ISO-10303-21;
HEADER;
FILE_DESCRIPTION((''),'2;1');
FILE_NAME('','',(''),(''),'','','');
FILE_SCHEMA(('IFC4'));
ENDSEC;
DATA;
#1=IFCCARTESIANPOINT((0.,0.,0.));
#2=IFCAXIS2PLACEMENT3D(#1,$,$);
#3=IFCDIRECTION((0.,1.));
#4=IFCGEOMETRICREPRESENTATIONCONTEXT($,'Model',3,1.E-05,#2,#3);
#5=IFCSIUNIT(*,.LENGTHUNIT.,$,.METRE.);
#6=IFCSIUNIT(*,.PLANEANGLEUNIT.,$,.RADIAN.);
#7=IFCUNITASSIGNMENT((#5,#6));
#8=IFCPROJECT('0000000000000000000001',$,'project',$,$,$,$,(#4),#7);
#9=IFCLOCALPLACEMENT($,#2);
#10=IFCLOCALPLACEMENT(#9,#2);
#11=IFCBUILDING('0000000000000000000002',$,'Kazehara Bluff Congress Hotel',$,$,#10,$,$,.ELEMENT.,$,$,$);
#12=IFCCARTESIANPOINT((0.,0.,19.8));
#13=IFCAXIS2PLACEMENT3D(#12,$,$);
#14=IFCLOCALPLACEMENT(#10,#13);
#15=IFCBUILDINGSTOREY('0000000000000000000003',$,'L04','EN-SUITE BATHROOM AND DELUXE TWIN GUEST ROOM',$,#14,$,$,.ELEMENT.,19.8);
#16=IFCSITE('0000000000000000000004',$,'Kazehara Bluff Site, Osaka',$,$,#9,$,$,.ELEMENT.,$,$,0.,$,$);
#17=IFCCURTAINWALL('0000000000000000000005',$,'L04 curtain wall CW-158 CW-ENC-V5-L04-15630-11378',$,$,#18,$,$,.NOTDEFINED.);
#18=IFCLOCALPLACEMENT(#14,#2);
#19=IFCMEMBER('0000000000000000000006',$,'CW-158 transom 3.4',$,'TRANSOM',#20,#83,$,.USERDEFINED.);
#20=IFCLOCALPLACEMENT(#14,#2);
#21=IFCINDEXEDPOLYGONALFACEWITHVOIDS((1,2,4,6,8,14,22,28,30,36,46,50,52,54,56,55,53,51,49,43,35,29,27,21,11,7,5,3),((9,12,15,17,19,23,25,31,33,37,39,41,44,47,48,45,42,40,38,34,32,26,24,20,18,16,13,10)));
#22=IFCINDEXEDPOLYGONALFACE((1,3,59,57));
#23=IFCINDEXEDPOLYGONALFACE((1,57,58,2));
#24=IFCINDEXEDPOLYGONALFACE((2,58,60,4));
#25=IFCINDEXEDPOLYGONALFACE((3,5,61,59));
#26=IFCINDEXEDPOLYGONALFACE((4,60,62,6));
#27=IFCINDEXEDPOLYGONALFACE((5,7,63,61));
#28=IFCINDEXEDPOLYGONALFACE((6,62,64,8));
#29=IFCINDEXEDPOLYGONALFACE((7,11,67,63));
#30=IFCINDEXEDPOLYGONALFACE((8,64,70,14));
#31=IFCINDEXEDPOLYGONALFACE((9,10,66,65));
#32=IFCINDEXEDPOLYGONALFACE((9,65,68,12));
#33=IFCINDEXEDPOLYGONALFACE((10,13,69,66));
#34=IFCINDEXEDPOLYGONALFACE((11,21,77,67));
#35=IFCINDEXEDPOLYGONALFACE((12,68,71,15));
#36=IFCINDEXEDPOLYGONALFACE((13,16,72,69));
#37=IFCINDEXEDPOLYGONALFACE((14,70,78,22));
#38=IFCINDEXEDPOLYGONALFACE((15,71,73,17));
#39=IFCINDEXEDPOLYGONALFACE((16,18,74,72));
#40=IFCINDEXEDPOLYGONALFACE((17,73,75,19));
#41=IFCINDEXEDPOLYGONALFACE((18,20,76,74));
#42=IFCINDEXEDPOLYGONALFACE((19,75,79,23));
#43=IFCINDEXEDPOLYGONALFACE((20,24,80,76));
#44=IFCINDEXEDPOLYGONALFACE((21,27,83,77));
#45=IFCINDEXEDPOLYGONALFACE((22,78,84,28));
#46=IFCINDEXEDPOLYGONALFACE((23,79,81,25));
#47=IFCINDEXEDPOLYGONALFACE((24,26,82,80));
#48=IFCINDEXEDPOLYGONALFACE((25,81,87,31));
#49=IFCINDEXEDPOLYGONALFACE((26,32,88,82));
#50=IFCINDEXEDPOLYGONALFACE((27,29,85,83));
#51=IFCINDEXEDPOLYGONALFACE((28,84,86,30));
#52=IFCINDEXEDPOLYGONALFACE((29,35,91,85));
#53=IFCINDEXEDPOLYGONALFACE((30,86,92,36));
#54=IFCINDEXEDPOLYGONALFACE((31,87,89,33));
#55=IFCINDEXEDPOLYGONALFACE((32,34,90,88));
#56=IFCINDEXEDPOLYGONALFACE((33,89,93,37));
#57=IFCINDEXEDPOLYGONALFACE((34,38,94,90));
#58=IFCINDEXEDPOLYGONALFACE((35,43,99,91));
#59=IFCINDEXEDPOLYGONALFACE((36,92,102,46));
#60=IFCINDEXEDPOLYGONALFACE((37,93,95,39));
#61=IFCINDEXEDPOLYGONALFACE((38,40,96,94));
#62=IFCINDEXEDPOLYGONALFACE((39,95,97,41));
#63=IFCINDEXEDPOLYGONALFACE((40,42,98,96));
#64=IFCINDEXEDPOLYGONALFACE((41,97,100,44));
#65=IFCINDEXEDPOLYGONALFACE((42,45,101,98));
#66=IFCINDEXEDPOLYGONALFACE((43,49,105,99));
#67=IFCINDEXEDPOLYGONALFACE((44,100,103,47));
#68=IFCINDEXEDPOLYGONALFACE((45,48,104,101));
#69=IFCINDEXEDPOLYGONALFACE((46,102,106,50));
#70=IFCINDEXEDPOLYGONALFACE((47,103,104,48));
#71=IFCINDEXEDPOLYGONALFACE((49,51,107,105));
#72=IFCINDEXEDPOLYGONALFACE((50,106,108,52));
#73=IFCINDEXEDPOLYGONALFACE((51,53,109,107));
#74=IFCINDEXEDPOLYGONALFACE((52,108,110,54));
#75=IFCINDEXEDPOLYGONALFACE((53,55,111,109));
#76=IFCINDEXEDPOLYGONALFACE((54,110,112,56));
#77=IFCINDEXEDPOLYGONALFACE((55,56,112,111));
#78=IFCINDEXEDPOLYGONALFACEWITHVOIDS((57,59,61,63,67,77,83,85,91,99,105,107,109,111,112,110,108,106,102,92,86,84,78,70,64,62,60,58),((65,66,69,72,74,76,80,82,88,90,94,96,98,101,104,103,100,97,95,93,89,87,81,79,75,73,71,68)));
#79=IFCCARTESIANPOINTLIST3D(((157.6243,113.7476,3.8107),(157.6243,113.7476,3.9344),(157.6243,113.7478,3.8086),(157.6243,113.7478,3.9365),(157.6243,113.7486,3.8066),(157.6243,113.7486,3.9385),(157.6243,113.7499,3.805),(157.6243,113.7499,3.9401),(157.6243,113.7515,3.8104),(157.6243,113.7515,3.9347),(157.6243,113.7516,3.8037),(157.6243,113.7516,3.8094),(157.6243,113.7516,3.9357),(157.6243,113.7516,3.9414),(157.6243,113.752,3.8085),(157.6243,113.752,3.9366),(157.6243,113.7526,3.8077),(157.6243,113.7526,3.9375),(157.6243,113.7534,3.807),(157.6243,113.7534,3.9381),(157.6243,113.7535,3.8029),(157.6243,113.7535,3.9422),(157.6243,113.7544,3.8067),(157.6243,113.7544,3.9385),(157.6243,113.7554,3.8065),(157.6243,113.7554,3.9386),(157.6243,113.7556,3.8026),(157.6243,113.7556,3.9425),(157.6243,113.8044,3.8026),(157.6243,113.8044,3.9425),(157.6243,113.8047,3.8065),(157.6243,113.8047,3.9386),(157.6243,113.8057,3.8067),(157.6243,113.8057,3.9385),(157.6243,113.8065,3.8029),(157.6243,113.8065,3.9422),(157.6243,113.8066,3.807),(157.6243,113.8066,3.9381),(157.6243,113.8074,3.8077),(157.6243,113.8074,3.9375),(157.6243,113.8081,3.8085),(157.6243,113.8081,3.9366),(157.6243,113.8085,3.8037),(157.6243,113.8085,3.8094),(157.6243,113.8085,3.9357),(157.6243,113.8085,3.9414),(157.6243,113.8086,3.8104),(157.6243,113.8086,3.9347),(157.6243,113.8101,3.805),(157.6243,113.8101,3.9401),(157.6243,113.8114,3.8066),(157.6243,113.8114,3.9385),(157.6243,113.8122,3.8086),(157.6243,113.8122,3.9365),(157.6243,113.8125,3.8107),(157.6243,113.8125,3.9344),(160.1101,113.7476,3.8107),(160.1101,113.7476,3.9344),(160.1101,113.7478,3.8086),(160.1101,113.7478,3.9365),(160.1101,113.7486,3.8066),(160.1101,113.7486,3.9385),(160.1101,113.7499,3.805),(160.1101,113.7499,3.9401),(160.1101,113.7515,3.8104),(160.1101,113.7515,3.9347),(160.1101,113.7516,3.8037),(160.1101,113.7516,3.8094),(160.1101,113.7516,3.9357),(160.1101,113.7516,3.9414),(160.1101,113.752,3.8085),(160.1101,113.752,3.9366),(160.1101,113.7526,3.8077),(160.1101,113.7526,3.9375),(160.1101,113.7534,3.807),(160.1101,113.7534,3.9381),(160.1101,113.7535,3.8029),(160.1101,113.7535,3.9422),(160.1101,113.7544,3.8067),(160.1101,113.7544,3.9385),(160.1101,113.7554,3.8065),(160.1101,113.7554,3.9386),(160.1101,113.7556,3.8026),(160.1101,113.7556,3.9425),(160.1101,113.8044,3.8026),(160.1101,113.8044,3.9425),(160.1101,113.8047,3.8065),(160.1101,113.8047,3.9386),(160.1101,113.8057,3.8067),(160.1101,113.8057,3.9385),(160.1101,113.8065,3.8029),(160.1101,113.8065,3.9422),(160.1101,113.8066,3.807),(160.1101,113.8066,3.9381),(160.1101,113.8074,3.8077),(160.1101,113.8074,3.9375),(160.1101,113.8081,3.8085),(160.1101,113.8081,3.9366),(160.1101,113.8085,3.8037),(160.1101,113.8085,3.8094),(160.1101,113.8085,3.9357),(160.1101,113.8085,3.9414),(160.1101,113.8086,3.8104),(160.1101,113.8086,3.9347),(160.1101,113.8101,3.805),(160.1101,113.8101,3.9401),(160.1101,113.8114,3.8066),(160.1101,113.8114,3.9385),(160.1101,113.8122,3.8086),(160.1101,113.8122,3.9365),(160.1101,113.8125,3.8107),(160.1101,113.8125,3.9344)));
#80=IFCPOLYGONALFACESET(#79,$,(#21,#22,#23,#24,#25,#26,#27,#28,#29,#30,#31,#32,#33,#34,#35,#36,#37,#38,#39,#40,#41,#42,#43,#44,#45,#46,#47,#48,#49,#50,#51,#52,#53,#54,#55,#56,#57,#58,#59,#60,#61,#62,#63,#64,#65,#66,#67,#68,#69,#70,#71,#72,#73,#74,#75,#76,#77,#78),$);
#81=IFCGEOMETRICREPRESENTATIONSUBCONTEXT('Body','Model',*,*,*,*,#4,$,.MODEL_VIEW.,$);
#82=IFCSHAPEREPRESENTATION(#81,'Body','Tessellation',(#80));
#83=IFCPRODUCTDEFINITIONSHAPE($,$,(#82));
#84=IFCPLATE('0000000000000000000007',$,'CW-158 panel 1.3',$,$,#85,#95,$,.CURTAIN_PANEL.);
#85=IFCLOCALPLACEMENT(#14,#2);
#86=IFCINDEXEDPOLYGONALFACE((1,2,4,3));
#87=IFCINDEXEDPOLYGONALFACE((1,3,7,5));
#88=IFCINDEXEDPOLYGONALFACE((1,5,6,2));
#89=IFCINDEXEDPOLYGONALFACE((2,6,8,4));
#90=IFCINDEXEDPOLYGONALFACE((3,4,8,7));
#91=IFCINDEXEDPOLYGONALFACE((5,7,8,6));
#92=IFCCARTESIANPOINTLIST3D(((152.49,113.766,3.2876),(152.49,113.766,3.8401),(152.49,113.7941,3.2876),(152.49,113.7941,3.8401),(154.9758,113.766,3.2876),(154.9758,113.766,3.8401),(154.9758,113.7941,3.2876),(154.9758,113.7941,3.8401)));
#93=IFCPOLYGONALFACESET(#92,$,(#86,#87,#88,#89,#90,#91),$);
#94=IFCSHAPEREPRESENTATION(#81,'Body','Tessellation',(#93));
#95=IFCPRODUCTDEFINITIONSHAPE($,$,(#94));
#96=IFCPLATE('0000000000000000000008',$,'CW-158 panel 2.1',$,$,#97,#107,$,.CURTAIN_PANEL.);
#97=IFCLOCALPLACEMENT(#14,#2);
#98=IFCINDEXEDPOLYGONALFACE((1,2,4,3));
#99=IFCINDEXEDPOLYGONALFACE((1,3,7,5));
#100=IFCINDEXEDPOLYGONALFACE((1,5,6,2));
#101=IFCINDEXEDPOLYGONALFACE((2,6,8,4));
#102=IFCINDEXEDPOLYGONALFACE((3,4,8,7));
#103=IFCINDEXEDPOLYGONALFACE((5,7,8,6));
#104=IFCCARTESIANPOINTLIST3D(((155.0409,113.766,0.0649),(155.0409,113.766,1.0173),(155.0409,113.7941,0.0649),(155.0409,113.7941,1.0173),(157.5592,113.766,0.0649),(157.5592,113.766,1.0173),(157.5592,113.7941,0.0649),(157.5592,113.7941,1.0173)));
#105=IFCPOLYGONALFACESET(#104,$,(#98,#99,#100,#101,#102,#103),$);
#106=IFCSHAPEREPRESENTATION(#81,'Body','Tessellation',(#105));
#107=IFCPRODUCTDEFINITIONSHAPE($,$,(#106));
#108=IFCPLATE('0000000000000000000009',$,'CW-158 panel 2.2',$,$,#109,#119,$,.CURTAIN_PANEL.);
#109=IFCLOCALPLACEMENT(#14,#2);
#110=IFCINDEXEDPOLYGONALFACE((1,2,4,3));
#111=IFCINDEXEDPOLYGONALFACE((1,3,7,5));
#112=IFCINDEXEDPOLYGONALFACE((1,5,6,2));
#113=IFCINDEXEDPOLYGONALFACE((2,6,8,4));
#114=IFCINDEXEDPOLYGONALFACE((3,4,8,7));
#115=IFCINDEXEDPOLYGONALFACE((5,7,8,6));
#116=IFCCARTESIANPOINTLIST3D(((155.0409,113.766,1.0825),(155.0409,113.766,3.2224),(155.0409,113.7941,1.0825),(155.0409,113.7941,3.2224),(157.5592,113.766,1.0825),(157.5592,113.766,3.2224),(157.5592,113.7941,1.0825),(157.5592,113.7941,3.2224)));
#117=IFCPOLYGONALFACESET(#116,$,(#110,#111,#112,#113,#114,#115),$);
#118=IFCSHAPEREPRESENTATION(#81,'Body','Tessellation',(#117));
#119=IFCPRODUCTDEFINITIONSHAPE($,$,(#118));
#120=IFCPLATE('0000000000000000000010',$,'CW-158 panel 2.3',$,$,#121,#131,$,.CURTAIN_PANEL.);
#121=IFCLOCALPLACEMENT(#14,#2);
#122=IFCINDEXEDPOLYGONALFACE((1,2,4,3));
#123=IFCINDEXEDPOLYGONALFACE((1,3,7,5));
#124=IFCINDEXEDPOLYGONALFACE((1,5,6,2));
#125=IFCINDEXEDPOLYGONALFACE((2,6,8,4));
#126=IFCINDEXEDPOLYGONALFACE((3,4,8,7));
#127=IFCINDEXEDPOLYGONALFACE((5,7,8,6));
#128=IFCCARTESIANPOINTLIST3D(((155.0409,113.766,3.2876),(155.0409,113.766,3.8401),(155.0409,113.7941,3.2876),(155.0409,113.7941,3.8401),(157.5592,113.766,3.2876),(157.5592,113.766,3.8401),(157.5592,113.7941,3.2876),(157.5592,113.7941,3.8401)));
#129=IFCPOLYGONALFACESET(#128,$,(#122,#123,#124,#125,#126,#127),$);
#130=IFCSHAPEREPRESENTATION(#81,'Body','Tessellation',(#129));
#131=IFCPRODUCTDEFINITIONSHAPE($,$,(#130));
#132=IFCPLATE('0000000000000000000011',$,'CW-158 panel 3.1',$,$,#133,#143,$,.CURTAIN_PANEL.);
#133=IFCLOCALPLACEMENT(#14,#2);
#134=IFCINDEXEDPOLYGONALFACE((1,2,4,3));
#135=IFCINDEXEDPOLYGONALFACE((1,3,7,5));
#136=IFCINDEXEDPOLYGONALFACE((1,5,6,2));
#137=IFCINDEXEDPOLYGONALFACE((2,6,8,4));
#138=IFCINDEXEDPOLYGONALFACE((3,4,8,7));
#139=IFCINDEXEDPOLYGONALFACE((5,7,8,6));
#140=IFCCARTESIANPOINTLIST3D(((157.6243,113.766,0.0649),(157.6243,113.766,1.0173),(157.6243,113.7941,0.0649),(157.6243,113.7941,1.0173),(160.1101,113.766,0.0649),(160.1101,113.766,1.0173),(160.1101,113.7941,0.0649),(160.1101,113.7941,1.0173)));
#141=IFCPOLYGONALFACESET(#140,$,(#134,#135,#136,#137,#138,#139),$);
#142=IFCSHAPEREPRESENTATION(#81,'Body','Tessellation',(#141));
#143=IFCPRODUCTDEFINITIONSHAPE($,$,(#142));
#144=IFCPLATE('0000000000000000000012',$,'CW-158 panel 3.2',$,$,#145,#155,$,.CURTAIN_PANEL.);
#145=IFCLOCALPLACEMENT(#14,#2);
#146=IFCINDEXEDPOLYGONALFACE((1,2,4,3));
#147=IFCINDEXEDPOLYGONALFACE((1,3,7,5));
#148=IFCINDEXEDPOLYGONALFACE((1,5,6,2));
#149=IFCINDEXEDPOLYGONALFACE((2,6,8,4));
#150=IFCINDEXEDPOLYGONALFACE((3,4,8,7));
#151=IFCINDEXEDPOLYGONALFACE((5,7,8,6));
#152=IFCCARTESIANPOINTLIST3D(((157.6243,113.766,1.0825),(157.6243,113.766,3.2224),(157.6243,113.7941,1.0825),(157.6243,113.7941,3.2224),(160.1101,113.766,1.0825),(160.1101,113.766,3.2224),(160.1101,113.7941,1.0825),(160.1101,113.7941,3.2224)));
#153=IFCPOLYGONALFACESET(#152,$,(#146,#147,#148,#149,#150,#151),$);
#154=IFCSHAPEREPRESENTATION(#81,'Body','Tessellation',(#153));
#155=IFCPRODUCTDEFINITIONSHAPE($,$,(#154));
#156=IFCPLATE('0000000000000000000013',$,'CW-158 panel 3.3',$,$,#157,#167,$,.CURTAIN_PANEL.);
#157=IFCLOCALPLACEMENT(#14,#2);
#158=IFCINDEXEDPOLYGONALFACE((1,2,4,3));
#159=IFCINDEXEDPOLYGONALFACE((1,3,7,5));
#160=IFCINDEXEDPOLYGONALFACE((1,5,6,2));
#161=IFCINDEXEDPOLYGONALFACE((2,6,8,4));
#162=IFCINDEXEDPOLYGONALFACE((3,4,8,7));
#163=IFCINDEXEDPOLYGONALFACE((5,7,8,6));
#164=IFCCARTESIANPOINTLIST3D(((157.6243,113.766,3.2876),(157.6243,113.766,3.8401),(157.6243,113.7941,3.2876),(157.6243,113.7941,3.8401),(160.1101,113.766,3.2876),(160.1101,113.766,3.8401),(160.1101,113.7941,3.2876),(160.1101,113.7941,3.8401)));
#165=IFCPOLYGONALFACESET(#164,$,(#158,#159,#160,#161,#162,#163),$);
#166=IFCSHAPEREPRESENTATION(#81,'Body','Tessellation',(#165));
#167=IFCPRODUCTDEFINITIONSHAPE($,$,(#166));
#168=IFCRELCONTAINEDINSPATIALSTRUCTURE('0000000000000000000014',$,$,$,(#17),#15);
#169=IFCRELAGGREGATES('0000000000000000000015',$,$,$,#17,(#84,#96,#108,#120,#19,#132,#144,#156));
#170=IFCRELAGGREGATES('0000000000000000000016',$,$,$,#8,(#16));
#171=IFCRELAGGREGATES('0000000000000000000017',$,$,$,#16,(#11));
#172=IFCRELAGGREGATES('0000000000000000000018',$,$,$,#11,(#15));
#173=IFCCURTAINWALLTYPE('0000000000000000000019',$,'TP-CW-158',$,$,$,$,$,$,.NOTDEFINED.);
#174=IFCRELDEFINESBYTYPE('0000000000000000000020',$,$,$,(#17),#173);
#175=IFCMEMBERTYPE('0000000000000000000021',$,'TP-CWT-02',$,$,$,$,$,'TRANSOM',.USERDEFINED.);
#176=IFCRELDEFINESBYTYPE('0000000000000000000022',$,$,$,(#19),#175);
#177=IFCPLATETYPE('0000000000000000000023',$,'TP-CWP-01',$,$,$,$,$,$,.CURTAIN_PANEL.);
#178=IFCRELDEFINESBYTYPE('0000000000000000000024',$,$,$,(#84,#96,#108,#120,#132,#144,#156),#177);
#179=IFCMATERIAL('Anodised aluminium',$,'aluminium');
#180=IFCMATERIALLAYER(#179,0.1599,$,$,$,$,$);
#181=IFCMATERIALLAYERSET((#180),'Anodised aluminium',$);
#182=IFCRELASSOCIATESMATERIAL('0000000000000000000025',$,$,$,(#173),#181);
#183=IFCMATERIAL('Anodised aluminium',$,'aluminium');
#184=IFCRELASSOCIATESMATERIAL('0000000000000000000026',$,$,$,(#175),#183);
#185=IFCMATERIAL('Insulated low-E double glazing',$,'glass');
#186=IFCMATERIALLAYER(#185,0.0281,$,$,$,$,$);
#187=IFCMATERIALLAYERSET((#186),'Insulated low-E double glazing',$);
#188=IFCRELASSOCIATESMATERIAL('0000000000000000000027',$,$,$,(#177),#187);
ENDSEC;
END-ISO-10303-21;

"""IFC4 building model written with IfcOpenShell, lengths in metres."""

from ifc_helpers import new_model, si_unit, direction, frame, origin, origin_2d, place, context, subcontext, project, spatial, rectangle, hollow_rectangle, extrude, material, layer, layer_set, material_profile, profile_set, type_object, element, aggregate, save


model = new_model("IFC4")

# Units and contexts
model_context = context("Model", 3, precision=1e-05, world=origin(), true_north=direction((0.0, 1.0)))
body_context = subcontext(model_context, "Body", "Model", "MODEL_VIEW")
ifc_project = project(units=[si_unit("LENGTHUNIT", "METRE"), si_unit("PLANEANGLEUNIT", "RADIAN")], contexts=[model_context])

# Site, building, storey
site_placement = place(None, origin())
site = spatial("IfcSite", under=ifc_project, at=site_placement, Name="Kazehara Bluff Site, Osaka", CompositionType="ELEMENT", RefElevation=0.0)
building_placement = place(site_placement, origin())
building = spatial("IfcBuilding", under=site, at=building_placement, Name="Kazehara Bluff Congress Hotel", CompositionType="ELEMENT")
storey_placement = place(building_placement, frame((0.0, 0.0, 19.8)))
storey = spatial("IfcBuildingStorey", under=building, at=storey_placement, Name="L04", Description="EN-SUITE BATHROOM AND DELUXE TWIN GUEST ROOM", CompositionType="ELEMENT", Elevation=19.8)

# Curtain wall, member, plates
ifc_material_1 = material(Name="Anodised aluminium", Category="aluminium")
ifc_layer_1 = layer(ifc_material_1, 0.1599)
ifc_layer_set_1 = layer_set([ifc_layer_1], Name="Anodised aluminium")
curtain_wall_type = type_object("IfcCurtainWallType", Name="TP-CW-158", PredefinedType="NOTDEFINED", material=ifc_layer_set_1)
curtain_wall_placement = place(storey_placement, origin())
curtain_wall = element("IfcCurtainWall", 1, at=curtain_wall_placement, inside=storey, type_object=curtain_wall_type, Name="L04 curtain wall CW-158 CW-ENC-V5-L04-15630-11378", PredefinedType="NOTDEFINED")
ifc_material_2 = material(Name="Anodised aluminium", Category="aluminium")
ifc_material_profile_1 = material_profile(ifc_material_2, hollow_rectangle(XDim=0.0649, YDim=0.1399, WallThickness=0.0039, InnerFilletRadius=0.0039, OuterFilletRadius=0.0081, at=origin_2d()))
ifc_profile_set_1 = profile_set([ifc_material_profile_1], Name="Anodised aluminium")
member_type_1 = type_object("IfcMemberType", Name="TP-CWT-02", ElementType="TRANSOM", PredefinedType="USERDEFINED", material=ifc_profile_set_1)
member_1_placement = place(storey_placement, frame((157.6243, 113.78, 3.8726), z_axis=(1.0, 0.0, 0.0), x_axis=(0.0, 1.0, 0.0)))
member_1 = element("IfcMember", 2, at=member_1_placement, type_object=member_type_1, Name="CW-158 transom 3.4", ObjectType="TRANSOM", PredefinedType="USERDEFINED", context=body_context, shape_type="SweptSolid", body=[
    extrude(hollow_rectangle(XDim=0.0649, YDim=0.1399, WallThickness=0.0039, InnerFilletRadius=0.0039, OuterFilletRadius=0.0081, at=origin_2d()), origin(), (0.0, 0.0, 1.0), 2.4858),
])
ifc_material_3 = material(Name="Insulated low-E double glazing", Category="glass")
ifc_layer_2 = layer(ifc_material_3, 0.0281)
ifc_layer_set_2 = layer_set([ifc_layer_2], Name="Insulated low-E double glazing")
plate_type = type_object("IfcPlateType", Name="TP-CWP-01", PredefinedType="CURTAIN_PANEL", material=ifc_layer_set_2)
plate_1_placement = place(storey_placement, frame((153.7329, 113.78, 3.2876), z_axis=(0.0, 0.0, 1.0), x_axis=(1.0, 0.0, 0.0)))
plate_1 = element("IfcPlate", 3, at=plate_1_placement, type_object=plate_type, Name="CW-158 panel 1.3", PredefinedType="CURTAIN_PANEL", context=body_context, shape_type="SweptSolid", body=[
    extrude(rectangle(XDim=2.4858, YDim=0.0281, at=origin_2d()), origin(), (0.0, 0.0, 1.0), 0.5525),
])
plate_2_placement = place(storey_placement, frame((156.3, 113.78, 0.0649), z_axis=(0.0, 0.0, 1.0), x_axis=(1.0, 0.0, 0.0)))
plate_2 = element("IfcPlate", 4, at=plate_2_placement, type_object=plate_type, Name="CW-158 panel 2.1", PredefinedType="CURTAIN_PANEL", context=body_context, shape_type="SweptSolid", body=[
    extrude(rectangle(XDim=2.5183, YDim=0.0281, at=origin_2d()), origin(), (0.0, 0.0, 1.0), 0.9524),
])
plate_3_placement = place(storey_placement, frame((156.3, 113.78, 1.0825), z_axis=(0.0, 0.0, 1.0), x_axis=(1.0, 0.0, 0.0)))
plate_3 = element("IfcPlate", 5, at=plate_3_placement, type_object=plate_type, Name="CW-158 panel 2.2", PredefinedType="CURTAIN_PANEL", context=body_context, shape_type="SweptSolid", body=[
    extrude(rectangle(XDim=2.5183, YDim=0.0281, at=origin_2d()), origin(), (0.0, 0.0, 1.0), 2.1399),
])
plate_4_placement = place(storey_placement, frame((156.3, 113.78, 3.2876), z_axis=(0.0, 0.0, 1.0), x_axis=(1.0, 0.0, 0.0)))
plate_4 = element("IfcPlate", 6, at=plate_4_placement, type_object=plate_type, Name="CW-158 panel 2.3", PredefinedType="CURTAIN_PANEL", context=body_context, shape_type="SweptSolid", body=[
    extrude(rectangle(XDim=2.5183, YDim=0.0281, at=origin_2d()), origin(), (0.0, 0.0, 1.0), 0.5525),
])
plate_5_placement = place(storey_placement, frame((158.8672, 113.78, 0.0649), z_axis=(0.0, 0.0, 1.0), x_axis=(1.0, 0.0, 0.0)))
plate_5 = element("IfcPlate", 7, at=plate_5_placement, type_object=plate_type, Name="CW-158 panel 3.1", PredefinedType="CURTAIN_PANEL", context=body_context, shape_type="SweptSolid", body=[
    extrude(rectangle(XDim=2.4858, YDim=0.0281, at=origin_2d()), origin(), (0.0, 0.0, 1.0), 0.9524),
])
plate_6_placement = place(storey_placement, frame((158.8672, 113.78, 1.0825), z_axis=(0.0, 0.0, 1.0), x_axis=(1.0, 0.0, 0.0)))
plate_6 = element("IfcPlate", 8, at=plate_6_placement, type_object=plate_type, Name="CW-158 panel 3.2", PredefinedType="CURTAIN_PANEL", context=body_context, shape_type="SweptSolid", body=[
    extrude(rectangle(XDim=2.4858, YDim=0.0281, at=origin_2d()), origin(), (0.0, 0.0, 1.0), 2.1399),
])
plate_7_placement = place(storey_placement, frame((158.8672, 113.78, 3.2876), z_axis=(0.0, 0.0, 1.0), x_axis=(1.0, 0.0, 0.0)))
plate_7 = element("IfcPlate", 9, at=plate_7_placement, type_object=plate_type, Name="CW-158 panel 3.3", PredefinedType="CURTAIN_PANEL", context=body_context, shape_type="SweptSolid", body=[
    extrude(rectangle(XDim=2.4858, YDim=0.0281, at=origin_2d()), origin(), (0.0, 0.0, 1.0), 0.5525),
])
aggregate(curtain_wall, [plate_1, plate_2, plate_3, plate_4, member_1, plate_5, plate_6, plate_7])

save(model, "model.ifc")
